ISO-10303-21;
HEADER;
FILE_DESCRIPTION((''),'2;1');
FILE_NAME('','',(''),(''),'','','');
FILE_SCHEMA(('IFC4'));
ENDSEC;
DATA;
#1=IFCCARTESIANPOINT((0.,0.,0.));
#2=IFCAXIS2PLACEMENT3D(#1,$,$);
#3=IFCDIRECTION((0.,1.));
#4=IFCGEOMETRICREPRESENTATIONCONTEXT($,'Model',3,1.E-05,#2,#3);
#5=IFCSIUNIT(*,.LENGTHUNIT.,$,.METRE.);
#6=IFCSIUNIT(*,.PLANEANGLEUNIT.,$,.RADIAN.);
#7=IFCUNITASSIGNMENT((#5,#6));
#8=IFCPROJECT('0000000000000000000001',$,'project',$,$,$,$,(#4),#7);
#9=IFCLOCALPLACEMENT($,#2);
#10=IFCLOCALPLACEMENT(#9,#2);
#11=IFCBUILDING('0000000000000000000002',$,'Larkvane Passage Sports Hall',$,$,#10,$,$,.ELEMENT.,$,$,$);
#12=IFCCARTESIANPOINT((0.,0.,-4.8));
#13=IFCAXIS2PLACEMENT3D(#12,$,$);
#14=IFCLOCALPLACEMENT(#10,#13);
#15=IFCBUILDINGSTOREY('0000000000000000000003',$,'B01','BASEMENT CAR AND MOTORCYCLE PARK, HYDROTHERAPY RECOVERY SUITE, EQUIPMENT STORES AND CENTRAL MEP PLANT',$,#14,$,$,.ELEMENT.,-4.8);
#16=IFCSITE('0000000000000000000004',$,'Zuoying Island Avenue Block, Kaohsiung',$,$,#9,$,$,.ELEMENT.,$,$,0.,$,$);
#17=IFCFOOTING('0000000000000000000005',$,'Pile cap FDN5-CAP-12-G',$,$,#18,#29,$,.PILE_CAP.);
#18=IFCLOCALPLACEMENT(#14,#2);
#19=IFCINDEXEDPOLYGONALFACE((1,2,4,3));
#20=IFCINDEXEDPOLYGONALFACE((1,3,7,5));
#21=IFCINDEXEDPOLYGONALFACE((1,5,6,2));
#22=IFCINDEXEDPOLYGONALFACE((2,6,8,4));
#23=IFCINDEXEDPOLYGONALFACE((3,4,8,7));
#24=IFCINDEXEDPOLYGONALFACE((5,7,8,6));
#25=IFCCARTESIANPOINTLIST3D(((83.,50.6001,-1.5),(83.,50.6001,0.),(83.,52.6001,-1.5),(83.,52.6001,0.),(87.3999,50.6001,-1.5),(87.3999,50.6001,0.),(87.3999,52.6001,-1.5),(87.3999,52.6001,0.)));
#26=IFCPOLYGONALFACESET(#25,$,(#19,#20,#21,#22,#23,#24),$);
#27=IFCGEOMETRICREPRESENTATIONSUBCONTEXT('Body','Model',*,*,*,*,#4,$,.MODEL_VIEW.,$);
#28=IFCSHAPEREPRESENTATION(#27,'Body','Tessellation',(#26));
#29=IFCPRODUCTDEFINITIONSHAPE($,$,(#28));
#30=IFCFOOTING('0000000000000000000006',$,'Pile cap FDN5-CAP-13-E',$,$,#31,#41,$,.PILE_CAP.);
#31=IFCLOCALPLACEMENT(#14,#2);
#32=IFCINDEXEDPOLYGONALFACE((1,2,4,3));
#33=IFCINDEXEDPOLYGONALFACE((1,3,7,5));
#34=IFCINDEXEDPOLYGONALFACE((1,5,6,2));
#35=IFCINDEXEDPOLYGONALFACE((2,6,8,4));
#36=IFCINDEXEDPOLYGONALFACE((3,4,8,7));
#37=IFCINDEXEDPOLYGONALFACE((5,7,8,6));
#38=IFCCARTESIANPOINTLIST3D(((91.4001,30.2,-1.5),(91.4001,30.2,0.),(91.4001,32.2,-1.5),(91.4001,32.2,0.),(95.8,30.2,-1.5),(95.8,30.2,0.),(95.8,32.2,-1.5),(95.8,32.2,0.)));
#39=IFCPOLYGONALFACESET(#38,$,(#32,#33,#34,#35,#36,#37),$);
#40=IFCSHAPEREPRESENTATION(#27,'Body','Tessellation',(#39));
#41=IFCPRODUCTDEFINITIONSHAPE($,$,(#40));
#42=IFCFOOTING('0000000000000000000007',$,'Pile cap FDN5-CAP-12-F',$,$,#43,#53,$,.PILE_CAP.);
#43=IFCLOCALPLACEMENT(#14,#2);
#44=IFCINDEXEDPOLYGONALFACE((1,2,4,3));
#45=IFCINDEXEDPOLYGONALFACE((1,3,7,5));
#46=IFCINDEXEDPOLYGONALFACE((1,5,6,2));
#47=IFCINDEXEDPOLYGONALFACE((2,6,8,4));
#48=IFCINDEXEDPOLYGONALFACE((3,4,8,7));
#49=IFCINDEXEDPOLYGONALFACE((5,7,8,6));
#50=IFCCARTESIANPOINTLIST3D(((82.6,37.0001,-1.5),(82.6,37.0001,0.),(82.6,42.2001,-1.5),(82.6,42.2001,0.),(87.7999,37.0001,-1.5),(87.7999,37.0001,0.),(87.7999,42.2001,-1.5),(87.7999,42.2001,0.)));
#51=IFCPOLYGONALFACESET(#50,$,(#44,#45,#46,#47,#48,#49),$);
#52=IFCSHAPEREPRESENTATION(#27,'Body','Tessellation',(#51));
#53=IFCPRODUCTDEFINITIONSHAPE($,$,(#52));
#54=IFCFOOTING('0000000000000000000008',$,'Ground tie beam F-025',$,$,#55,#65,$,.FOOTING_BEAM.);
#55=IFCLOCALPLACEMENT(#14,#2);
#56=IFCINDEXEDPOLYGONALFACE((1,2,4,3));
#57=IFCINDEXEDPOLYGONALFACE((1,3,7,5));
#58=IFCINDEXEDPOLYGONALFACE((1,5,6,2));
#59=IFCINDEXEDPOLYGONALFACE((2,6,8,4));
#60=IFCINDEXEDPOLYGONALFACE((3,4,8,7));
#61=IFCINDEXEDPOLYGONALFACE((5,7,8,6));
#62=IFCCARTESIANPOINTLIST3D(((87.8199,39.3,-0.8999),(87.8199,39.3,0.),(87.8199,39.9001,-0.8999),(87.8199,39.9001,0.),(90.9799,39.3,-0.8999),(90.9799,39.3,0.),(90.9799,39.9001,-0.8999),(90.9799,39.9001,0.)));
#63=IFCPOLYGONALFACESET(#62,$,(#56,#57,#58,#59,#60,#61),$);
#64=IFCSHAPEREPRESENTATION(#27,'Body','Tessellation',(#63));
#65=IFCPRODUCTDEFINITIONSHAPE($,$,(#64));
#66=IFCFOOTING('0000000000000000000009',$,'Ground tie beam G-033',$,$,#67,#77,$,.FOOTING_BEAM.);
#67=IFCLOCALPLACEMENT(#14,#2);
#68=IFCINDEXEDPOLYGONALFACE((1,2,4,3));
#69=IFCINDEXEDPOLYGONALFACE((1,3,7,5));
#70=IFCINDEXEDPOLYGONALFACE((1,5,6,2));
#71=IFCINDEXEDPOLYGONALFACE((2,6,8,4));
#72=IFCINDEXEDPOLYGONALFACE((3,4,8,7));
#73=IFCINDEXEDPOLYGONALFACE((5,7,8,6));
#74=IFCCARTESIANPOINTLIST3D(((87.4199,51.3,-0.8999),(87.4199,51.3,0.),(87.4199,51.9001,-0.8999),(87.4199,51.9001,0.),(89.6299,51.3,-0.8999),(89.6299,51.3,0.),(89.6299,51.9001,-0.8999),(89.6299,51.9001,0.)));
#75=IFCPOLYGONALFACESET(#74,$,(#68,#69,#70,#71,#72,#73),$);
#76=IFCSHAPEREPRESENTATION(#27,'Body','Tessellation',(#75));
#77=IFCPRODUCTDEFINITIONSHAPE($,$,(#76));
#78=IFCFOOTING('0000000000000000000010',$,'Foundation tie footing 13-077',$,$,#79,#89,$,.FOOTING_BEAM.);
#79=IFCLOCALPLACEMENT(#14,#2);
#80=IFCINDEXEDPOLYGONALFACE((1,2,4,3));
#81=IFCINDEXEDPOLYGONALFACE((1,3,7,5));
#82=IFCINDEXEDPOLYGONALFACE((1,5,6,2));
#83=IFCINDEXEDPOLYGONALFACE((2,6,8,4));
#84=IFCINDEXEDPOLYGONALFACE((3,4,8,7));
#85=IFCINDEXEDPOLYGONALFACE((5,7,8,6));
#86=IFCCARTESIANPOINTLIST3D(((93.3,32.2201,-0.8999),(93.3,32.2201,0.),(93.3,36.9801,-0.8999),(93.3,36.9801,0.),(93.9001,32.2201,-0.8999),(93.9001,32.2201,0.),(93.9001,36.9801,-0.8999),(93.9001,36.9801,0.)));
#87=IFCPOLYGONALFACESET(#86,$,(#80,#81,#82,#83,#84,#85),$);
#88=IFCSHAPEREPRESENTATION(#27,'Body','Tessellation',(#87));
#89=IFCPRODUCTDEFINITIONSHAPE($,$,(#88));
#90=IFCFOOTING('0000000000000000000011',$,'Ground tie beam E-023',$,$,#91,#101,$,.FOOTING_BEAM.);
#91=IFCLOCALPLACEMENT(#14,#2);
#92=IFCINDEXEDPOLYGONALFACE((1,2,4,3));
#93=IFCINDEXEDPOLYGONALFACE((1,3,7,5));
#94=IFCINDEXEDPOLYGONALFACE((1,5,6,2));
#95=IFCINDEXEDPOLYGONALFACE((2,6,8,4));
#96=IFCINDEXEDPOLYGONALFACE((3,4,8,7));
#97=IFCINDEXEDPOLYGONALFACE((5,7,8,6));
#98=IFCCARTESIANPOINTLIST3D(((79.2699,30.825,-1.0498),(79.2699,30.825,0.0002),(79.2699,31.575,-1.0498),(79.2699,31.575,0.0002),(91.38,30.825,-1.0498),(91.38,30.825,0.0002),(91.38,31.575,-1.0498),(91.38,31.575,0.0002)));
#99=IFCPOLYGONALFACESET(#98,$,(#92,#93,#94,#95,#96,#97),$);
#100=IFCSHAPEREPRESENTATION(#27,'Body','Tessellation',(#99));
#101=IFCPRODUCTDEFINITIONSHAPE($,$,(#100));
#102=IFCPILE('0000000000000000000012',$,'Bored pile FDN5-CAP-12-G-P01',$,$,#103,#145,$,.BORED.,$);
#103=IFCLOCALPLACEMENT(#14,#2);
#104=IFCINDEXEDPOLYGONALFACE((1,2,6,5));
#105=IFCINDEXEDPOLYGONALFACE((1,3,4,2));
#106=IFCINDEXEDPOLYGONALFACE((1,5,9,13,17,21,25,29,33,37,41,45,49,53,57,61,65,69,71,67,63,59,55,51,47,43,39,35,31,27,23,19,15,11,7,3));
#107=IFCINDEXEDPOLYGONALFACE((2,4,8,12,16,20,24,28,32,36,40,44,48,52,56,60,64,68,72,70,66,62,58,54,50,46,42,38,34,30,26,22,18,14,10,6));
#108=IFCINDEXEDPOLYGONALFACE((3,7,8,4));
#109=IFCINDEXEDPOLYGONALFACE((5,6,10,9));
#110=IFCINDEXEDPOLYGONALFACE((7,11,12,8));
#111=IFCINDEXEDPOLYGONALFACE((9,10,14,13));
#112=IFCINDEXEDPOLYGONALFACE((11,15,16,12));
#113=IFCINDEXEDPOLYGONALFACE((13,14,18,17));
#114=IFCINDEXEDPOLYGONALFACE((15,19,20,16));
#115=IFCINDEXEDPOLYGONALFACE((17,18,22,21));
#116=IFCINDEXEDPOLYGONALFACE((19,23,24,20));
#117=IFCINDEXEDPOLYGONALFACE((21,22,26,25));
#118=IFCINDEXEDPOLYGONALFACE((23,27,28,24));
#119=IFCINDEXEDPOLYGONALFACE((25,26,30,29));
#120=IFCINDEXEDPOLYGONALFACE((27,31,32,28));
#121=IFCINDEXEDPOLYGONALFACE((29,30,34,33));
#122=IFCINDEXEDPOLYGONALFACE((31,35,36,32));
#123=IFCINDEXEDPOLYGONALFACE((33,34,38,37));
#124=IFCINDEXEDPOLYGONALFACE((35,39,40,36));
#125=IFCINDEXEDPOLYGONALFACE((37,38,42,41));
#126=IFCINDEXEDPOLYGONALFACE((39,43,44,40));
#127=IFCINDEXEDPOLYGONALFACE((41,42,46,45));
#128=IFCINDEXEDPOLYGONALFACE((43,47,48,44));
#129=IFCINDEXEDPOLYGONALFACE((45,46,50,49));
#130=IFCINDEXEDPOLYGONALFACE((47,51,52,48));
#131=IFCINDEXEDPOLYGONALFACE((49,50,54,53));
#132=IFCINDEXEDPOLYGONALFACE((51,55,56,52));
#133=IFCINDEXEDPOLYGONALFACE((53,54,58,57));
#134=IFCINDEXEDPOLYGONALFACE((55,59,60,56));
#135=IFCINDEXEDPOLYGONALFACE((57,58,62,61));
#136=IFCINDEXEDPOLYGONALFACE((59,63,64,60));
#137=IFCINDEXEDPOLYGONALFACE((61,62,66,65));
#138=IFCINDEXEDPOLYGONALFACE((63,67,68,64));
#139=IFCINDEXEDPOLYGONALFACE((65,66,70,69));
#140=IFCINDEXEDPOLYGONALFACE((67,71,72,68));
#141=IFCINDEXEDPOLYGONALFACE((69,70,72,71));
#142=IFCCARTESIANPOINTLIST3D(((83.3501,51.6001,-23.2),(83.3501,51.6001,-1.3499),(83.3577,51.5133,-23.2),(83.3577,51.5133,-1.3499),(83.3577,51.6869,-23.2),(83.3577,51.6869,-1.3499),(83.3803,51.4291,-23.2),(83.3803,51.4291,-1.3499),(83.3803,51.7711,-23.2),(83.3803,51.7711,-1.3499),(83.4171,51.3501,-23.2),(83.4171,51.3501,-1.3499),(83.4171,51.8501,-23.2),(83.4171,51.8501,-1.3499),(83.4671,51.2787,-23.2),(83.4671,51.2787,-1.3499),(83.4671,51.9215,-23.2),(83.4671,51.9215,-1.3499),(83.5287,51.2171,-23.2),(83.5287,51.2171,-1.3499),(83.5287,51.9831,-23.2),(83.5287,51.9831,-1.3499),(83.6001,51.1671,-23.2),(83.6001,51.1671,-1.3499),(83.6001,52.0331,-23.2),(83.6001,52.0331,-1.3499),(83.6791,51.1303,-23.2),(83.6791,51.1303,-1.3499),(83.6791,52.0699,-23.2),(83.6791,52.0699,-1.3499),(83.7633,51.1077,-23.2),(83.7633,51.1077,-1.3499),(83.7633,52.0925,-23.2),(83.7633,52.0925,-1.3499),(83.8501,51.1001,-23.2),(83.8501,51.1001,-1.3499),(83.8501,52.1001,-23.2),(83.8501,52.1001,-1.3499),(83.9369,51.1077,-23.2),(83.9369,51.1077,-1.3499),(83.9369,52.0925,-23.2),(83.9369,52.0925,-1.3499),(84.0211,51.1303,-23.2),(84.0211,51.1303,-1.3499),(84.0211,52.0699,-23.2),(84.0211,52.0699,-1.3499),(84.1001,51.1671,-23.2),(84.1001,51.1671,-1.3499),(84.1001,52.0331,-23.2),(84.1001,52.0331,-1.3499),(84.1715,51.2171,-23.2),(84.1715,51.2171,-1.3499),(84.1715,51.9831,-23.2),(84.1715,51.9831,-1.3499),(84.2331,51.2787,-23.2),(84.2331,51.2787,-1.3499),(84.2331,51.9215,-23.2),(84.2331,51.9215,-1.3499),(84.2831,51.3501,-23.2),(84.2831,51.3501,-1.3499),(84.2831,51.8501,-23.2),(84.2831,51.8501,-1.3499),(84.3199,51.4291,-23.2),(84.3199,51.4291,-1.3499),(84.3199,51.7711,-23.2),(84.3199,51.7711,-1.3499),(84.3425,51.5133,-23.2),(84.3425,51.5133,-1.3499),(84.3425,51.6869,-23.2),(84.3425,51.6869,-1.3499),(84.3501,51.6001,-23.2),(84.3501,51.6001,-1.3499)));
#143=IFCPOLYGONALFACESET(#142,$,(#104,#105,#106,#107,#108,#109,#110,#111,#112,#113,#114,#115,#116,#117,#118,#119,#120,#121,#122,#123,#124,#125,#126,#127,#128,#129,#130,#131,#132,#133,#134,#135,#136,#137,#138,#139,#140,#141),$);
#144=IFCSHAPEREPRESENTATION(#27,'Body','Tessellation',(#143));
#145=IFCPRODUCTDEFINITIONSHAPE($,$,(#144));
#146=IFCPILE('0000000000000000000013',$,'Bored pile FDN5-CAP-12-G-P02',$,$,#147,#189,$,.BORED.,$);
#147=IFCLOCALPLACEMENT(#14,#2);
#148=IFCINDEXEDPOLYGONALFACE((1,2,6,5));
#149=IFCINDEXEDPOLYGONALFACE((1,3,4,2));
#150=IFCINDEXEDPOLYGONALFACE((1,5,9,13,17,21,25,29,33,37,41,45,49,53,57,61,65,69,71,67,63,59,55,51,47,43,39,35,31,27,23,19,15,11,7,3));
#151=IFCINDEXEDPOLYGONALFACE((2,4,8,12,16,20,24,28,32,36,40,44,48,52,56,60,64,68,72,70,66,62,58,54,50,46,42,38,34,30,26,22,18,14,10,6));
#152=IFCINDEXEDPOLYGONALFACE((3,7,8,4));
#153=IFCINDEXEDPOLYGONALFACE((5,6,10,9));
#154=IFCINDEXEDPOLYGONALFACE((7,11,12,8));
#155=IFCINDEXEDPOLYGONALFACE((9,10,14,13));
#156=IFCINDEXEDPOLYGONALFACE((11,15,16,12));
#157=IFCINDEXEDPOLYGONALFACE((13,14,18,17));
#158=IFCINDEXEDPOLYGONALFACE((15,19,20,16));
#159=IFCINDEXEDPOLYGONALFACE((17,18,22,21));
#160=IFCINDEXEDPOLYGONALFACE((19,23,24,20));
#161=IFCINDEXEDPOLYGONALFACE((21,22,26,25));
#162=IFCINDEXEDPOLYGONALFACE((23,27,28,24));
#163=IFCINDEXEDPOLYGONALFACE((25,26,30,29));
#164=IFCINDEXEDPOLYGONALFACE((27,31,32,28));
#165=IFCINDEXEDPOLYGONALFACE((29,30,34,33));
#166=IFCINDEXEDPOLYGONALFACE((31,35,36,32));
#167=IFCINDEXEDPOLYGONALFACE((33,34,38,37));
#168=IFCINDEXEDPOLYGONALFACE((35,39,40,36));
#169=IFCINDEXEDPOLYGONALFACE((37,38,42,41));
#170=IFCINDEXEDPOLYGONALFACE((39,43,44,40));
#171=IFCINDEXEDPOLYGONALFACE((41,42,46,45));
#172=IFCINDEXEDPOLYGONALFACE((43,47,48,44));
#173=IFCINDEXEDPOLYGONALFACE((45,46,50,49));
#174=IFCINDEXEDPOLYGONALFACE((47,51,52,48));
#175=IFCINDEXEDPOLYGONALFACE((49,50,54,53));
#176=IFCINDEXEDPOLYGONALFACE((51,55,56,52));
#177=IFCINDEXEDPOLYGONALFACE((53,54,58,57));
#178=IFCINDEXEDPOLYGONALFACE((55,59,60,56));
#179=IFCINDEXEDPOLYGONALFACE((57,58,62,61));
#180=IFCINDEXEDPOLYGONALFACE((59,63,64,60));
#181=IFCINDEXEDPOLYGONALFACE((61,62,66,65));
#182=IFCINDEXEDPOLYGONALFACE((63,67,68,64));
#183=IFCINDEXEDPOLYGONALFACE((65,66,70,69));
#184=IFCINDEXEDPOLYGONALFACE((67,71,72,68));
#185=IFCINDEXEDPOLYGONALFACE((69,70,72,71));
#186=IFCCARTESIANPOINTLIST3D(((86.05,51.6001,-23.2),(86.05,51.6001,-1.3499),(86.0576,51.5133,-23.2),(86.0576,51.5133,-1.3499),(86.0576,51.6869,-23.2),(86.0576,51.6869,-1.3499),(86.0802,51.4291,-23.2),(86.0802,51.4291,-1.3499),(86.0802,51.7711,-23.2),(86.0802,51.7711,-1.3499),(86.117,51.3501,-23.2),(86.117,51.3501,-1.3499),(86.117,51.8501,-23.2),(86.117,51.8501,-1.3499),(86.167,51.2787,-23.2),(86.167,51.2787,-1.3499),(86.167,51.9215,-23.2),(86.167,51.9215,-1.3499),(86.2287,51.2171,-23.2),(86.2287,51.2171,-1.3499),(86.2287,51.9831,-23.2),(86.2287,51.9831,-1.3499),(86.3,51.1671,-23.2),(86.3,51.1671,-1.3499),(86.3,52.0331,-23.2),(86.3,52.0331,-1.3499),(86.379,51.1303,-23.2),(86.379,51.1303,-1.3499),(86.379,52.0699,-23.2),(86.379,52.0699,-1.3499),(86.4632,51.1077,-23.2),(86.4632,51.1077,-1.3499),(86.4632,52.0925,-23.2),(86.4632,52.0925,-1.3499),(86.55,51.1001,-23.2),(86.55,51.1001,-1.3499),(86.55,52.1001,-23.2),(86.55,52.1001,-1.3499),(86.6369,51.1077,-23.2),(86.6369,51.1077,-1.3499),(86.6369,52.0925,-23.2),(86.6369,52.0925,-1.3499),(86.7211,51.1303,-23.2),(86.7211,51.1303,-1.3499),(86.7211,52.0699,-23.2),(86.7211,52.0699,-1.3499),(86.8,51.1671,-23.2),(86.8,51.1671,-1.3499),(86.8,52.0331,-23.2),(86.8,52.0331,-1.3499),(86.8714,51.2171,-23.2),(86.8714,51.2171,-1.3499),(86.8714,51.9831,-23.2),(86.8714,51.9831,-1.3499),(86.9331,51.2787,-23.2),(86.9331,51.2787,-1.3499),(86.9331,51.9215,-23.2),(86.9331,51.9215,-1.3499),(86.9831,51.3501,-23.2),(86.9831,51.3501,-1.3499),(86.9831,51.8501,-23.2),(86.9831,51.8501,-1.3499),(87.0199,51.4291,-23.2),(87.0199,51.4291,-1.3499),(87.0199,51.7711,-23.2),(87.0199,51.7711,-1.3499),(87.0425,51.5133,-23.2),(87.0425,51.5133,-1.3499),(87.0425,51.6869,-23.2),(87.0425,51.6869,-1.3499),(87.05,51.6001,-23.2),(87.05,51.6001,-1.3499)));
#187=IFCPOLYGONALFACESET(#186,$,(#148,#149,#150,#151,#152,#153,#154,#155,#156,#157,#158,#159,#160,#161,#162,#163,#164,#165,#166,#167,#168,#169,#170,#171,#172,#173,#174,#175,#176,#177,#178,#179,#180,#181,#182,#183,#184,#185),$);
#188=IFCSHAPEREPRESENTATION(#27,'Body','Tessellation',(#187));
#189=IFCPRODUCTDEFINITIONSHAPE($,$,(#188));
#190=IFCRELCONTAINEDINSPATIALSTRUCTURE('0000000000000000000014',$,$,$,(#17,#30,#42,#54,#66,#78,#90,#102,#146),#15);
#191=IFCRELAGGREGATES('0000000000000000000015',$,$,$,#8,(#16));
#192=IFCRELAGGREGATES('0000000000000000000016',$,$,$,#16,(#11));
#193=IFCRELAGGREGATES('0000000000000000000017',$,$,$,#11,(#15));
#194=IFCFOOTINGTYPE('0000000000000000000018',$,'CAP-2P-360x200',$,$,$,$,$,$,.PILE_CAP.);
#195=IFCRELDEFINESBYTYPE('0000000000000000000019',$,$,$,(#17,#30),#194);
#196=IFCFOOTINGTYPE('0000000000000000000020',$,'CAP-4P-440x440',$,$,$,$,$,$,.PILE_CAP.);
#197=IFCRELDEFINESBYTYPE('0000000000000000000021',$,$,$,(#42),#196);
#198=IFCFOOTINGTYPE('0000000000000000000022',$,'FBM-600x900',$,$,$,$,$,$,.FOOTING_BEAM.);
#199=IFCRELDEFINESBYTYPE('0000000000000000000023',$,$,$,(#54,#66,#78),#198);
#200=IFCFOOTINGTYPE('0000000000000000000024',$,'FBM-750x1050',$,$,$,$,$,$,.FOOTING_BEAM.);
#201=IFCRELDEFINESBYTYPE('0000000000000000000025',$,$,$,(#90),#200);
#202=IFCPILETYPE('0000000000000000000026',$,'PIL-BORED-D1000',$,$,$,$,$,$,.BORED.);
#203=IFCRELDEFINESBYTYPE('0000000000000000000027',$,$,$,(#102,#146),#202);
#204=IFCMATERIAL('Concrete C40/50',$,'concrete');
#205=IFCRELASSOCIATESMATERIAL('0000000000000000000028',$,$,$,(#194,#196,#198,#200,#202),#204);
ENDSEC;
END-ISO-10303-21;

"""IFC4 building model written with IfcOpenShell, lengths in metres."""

from ifc_helpers import new_model, si_unit, direction, frame, origin, origin_2d, place, context, subcontext, project, spatial, rectangle, circle, extrude, material, material_profile, profile_set, type_object, element, save


model = new_model("IFC4")

# Units and contexts
model_context = context("Model", 3, precision=1e-05, world=origin(), true_north=direction((0.0, 1.0)))
body_context = subcontext(model_context, "Body", "Model", "MODEL_VIEW")
ifc_project = project(units=[si_unit("LENGTHUNIT", "METRE"), si_unit("PLANEANGLEUNIT", "RADIAN")], contexts=[model_context])

# Site, building, storey
site_placement = place(None, origin())
site = spatial("IfcSite", under=ifc_project, at=site_placement, Name="Zuoying Island Avenue Block, Kaohsiung", CompositionType="ELEMENT", RefElevation=0.0)
building_placement = place(site_placement, origin())
building = spatial("IfcBuilding", under=site, at=building_placement, Name="Larkvane Passage Sports Hall", CompositionType="ELEMENT")
storey_placement = place(building_placement, frame((0.0, 0.0, -4.8)))
storey = spatial("IfcBuildingStorey", under=building, at=storey_placement, Name="B01", Description="BASEMENT CAR AND MOTORCYCLE PARK, HYDROTHERAPY RECOVERY SUITE, EQUIPMENT STORES AND CENTRAL MEP PLANT", CompositionType="ELEMENT", Elevation=-4.8)

# Footings
ifc_material_1 = material(Name="Concrete C40/50", Category="concrete")
footing_type_1 = type_object("IfcFootingType", Name="CAP-2P-360x200", PredefinedType="PILE_CAP", material=ifc_material_1)
for number, where, z_axis, x_axis, name in (
    (1, (85.2, 51.6001, -1.5), (0.0, 0.0, 1.0), (1.0, 0.0, 0.0), "Pile cap FDN5-CAP-12-G"),
    (2, (93.6001, 31.2, -1.5), (0.0, 0.0, 1.0), (1.0, 0.0, 0.0), "Pile cap FDN5-CAP-13-E"),
):
    element("IfcFooting", number, at=place(storey_placement, frame(where, z_axis=z_axis, x_axis=x_axis)), inside=storey, type_object=footing_type_1, Name=name, PredefinedType="PILE_CAP", context=body_context, shape_type="SweptSolid", body=[
        extrude(rectangle(XDim=4.3999, YDim=2.0, at=origin_2d()), origin(), (0.0, 0.0, 1.0), 1.5),
    ])
footing_type_2 = type_object("IfcFootingType", Name="CAP-4P-440x440", PredefinedType="PILE_CAP", material=ifc_material_1)
footing_1_placement = place(storey_placement, frame((85.2, 39.6001, -1.5), z_axis=(0.0, 0.0, 1.0), x_axis=(1.0, 0.0, 0.0)))
element("IfcFooting", 3, at=footing_1_placement, inside=storey, type_object=footing_type_2, Name="Pile cap FDN5-CAP-12-F", PredefinedType="PILE_CAP", context=body_context, shape_type="SweptSolid", body=[
    extrude(rectangle(XDim=5.2, YDim=5.2, at=origin_2d()), origin(), (0.0, 0.0, 1.0), 1.5),
])
footing_type_3 = type_object("IfcFootingType", Name="FBM-600x900", PredefinedType="FOOTING_BEAM", material=ifc_material_1)
footing_2_placement = place(storey_placement, frame((89.3999, 39.6001, -0.8999), z_axis=(0.0, 0.0, 1.0), x_axis=(1.0, 0.0, 0.0)))
element("IfcFooting", 4, at=footing_2_placement, inside=storey, type_object=footing_type_3, Name="Ground tie beam F-025", PredefinedType="FOOTING_BEAM", context=body_context, shape_type="SweptSolid", body=[
    extrude(rectangle(XDim=3.1599, YDim=0.6001, at=origin_2d()), origin(), (0.0, 0.0, 1.0), 0.8999),
])
footing_3_placement = place(storey_placement, frame((88.5249, 51.6001, -0.8999), z_axis=(0.0, 0.0, 1.0), x_axis=(1.0, 0.0, 0.0)))
element("IfcFooting", 5, at=footing_3_placement, inside=storey, type_object=footing_type_3, Name="Ground tie beam G-033", PredefinedType="FOOTING_BEAM", context=body_context, shape_type="SweptSolid", body=[
    extrude(rectangle(XDim=2.21, YDim=0.6001, at=origin_2d()), origin(), (0.0, 0.0, 1.0), 0.8999),
])
footing_4_placement = place(storey_placement, frame((93.6001, 34.6001, -0.8999), z_axis=(0.0, 0.0, 1.0), x_axis=(1.0, 0.0, 0.0)))
element("IfcFooting", 6, at=footing_4_placement, inside=storey, type_object=footing_type_3, Name="Foundation tie footing 13-077", PredefinedType="FOOTING_BEAM", context=body_context, shape_type="SweptSolid", body=[
    extrude(rectangle(XDim=0.6001, YDim=4.76, at=origin_2d()), origin(), (0.0, 0.0, 1.0), 0.8999),
])
footing_type_4 = type_object("IfcFootingType", Name="FBM-750x1050", PredefinedType="FOOTING_BEAM", material=ifc_material_1)
footing_5_placement = place(storey_placement, frame((85.325, 31.2, -1.0498), z_axis=(0.0, 0.0, 1.0), x_axis=(1.0, 0.0, 0.0)))
element("IfcFooting", 7, at=footing_5_placement, inside=storey, type_object=footing_type_4, Name="Ground tie beam E-023", PredefinedType="FOOTING_BEAM", context=body_context, shape_type="SweptSolid", body=[
    extrude(rectangle(XDim=12.1101, YDim=0.75, at=origin_2d()), origin(), (0.0, 0.0, 1.0), 1.05),
])

# Piles
ifc_material_profile_1 = material_profile(ifc_material_1, circle(Radius=0.5, at=origin_2d()), Name="PILE-D1000")
ifc_profile_set_1 = profile_set([ifc_material_profile_1], Name="Concrete C40/50")
pile_type_1 = type_object("IfcPileType", Name="PIL-BORED-D1000", PredefinedType="BORED", material=ifc_profile_set_1)
for number, where, z_axis, x_axis, name in (
    (8, (83.8501, 51.6001, -1.3499), (0.0, 0.0, -1.0), (1.0, 0.0, 0.0), "Bored pile FDN5-CAP-12-G-P01"),
    (9, (86.55, 51.6001, -1.3499), (0.0, 0.0, -1.0), (1.0, 0.0, 0.0), "Bored pile FDN5-CAP-12-G-P02"),
):
    element("IfcPile", number, at=place(storey_placement, frame(where, z_axis=z_axis, x_axis=x_axis)), inside=storey, type_object=pile_type_1, Name=name, PredefinedType="BORED", context=body_context, shape_type="SweptSolid", body=[
        extrude(circle(Radius=0.5, at=origin_2d()), origin(), (0.0, 0.0, 1.0), 21.8501),
    ])

save(model, "model.ifc")
